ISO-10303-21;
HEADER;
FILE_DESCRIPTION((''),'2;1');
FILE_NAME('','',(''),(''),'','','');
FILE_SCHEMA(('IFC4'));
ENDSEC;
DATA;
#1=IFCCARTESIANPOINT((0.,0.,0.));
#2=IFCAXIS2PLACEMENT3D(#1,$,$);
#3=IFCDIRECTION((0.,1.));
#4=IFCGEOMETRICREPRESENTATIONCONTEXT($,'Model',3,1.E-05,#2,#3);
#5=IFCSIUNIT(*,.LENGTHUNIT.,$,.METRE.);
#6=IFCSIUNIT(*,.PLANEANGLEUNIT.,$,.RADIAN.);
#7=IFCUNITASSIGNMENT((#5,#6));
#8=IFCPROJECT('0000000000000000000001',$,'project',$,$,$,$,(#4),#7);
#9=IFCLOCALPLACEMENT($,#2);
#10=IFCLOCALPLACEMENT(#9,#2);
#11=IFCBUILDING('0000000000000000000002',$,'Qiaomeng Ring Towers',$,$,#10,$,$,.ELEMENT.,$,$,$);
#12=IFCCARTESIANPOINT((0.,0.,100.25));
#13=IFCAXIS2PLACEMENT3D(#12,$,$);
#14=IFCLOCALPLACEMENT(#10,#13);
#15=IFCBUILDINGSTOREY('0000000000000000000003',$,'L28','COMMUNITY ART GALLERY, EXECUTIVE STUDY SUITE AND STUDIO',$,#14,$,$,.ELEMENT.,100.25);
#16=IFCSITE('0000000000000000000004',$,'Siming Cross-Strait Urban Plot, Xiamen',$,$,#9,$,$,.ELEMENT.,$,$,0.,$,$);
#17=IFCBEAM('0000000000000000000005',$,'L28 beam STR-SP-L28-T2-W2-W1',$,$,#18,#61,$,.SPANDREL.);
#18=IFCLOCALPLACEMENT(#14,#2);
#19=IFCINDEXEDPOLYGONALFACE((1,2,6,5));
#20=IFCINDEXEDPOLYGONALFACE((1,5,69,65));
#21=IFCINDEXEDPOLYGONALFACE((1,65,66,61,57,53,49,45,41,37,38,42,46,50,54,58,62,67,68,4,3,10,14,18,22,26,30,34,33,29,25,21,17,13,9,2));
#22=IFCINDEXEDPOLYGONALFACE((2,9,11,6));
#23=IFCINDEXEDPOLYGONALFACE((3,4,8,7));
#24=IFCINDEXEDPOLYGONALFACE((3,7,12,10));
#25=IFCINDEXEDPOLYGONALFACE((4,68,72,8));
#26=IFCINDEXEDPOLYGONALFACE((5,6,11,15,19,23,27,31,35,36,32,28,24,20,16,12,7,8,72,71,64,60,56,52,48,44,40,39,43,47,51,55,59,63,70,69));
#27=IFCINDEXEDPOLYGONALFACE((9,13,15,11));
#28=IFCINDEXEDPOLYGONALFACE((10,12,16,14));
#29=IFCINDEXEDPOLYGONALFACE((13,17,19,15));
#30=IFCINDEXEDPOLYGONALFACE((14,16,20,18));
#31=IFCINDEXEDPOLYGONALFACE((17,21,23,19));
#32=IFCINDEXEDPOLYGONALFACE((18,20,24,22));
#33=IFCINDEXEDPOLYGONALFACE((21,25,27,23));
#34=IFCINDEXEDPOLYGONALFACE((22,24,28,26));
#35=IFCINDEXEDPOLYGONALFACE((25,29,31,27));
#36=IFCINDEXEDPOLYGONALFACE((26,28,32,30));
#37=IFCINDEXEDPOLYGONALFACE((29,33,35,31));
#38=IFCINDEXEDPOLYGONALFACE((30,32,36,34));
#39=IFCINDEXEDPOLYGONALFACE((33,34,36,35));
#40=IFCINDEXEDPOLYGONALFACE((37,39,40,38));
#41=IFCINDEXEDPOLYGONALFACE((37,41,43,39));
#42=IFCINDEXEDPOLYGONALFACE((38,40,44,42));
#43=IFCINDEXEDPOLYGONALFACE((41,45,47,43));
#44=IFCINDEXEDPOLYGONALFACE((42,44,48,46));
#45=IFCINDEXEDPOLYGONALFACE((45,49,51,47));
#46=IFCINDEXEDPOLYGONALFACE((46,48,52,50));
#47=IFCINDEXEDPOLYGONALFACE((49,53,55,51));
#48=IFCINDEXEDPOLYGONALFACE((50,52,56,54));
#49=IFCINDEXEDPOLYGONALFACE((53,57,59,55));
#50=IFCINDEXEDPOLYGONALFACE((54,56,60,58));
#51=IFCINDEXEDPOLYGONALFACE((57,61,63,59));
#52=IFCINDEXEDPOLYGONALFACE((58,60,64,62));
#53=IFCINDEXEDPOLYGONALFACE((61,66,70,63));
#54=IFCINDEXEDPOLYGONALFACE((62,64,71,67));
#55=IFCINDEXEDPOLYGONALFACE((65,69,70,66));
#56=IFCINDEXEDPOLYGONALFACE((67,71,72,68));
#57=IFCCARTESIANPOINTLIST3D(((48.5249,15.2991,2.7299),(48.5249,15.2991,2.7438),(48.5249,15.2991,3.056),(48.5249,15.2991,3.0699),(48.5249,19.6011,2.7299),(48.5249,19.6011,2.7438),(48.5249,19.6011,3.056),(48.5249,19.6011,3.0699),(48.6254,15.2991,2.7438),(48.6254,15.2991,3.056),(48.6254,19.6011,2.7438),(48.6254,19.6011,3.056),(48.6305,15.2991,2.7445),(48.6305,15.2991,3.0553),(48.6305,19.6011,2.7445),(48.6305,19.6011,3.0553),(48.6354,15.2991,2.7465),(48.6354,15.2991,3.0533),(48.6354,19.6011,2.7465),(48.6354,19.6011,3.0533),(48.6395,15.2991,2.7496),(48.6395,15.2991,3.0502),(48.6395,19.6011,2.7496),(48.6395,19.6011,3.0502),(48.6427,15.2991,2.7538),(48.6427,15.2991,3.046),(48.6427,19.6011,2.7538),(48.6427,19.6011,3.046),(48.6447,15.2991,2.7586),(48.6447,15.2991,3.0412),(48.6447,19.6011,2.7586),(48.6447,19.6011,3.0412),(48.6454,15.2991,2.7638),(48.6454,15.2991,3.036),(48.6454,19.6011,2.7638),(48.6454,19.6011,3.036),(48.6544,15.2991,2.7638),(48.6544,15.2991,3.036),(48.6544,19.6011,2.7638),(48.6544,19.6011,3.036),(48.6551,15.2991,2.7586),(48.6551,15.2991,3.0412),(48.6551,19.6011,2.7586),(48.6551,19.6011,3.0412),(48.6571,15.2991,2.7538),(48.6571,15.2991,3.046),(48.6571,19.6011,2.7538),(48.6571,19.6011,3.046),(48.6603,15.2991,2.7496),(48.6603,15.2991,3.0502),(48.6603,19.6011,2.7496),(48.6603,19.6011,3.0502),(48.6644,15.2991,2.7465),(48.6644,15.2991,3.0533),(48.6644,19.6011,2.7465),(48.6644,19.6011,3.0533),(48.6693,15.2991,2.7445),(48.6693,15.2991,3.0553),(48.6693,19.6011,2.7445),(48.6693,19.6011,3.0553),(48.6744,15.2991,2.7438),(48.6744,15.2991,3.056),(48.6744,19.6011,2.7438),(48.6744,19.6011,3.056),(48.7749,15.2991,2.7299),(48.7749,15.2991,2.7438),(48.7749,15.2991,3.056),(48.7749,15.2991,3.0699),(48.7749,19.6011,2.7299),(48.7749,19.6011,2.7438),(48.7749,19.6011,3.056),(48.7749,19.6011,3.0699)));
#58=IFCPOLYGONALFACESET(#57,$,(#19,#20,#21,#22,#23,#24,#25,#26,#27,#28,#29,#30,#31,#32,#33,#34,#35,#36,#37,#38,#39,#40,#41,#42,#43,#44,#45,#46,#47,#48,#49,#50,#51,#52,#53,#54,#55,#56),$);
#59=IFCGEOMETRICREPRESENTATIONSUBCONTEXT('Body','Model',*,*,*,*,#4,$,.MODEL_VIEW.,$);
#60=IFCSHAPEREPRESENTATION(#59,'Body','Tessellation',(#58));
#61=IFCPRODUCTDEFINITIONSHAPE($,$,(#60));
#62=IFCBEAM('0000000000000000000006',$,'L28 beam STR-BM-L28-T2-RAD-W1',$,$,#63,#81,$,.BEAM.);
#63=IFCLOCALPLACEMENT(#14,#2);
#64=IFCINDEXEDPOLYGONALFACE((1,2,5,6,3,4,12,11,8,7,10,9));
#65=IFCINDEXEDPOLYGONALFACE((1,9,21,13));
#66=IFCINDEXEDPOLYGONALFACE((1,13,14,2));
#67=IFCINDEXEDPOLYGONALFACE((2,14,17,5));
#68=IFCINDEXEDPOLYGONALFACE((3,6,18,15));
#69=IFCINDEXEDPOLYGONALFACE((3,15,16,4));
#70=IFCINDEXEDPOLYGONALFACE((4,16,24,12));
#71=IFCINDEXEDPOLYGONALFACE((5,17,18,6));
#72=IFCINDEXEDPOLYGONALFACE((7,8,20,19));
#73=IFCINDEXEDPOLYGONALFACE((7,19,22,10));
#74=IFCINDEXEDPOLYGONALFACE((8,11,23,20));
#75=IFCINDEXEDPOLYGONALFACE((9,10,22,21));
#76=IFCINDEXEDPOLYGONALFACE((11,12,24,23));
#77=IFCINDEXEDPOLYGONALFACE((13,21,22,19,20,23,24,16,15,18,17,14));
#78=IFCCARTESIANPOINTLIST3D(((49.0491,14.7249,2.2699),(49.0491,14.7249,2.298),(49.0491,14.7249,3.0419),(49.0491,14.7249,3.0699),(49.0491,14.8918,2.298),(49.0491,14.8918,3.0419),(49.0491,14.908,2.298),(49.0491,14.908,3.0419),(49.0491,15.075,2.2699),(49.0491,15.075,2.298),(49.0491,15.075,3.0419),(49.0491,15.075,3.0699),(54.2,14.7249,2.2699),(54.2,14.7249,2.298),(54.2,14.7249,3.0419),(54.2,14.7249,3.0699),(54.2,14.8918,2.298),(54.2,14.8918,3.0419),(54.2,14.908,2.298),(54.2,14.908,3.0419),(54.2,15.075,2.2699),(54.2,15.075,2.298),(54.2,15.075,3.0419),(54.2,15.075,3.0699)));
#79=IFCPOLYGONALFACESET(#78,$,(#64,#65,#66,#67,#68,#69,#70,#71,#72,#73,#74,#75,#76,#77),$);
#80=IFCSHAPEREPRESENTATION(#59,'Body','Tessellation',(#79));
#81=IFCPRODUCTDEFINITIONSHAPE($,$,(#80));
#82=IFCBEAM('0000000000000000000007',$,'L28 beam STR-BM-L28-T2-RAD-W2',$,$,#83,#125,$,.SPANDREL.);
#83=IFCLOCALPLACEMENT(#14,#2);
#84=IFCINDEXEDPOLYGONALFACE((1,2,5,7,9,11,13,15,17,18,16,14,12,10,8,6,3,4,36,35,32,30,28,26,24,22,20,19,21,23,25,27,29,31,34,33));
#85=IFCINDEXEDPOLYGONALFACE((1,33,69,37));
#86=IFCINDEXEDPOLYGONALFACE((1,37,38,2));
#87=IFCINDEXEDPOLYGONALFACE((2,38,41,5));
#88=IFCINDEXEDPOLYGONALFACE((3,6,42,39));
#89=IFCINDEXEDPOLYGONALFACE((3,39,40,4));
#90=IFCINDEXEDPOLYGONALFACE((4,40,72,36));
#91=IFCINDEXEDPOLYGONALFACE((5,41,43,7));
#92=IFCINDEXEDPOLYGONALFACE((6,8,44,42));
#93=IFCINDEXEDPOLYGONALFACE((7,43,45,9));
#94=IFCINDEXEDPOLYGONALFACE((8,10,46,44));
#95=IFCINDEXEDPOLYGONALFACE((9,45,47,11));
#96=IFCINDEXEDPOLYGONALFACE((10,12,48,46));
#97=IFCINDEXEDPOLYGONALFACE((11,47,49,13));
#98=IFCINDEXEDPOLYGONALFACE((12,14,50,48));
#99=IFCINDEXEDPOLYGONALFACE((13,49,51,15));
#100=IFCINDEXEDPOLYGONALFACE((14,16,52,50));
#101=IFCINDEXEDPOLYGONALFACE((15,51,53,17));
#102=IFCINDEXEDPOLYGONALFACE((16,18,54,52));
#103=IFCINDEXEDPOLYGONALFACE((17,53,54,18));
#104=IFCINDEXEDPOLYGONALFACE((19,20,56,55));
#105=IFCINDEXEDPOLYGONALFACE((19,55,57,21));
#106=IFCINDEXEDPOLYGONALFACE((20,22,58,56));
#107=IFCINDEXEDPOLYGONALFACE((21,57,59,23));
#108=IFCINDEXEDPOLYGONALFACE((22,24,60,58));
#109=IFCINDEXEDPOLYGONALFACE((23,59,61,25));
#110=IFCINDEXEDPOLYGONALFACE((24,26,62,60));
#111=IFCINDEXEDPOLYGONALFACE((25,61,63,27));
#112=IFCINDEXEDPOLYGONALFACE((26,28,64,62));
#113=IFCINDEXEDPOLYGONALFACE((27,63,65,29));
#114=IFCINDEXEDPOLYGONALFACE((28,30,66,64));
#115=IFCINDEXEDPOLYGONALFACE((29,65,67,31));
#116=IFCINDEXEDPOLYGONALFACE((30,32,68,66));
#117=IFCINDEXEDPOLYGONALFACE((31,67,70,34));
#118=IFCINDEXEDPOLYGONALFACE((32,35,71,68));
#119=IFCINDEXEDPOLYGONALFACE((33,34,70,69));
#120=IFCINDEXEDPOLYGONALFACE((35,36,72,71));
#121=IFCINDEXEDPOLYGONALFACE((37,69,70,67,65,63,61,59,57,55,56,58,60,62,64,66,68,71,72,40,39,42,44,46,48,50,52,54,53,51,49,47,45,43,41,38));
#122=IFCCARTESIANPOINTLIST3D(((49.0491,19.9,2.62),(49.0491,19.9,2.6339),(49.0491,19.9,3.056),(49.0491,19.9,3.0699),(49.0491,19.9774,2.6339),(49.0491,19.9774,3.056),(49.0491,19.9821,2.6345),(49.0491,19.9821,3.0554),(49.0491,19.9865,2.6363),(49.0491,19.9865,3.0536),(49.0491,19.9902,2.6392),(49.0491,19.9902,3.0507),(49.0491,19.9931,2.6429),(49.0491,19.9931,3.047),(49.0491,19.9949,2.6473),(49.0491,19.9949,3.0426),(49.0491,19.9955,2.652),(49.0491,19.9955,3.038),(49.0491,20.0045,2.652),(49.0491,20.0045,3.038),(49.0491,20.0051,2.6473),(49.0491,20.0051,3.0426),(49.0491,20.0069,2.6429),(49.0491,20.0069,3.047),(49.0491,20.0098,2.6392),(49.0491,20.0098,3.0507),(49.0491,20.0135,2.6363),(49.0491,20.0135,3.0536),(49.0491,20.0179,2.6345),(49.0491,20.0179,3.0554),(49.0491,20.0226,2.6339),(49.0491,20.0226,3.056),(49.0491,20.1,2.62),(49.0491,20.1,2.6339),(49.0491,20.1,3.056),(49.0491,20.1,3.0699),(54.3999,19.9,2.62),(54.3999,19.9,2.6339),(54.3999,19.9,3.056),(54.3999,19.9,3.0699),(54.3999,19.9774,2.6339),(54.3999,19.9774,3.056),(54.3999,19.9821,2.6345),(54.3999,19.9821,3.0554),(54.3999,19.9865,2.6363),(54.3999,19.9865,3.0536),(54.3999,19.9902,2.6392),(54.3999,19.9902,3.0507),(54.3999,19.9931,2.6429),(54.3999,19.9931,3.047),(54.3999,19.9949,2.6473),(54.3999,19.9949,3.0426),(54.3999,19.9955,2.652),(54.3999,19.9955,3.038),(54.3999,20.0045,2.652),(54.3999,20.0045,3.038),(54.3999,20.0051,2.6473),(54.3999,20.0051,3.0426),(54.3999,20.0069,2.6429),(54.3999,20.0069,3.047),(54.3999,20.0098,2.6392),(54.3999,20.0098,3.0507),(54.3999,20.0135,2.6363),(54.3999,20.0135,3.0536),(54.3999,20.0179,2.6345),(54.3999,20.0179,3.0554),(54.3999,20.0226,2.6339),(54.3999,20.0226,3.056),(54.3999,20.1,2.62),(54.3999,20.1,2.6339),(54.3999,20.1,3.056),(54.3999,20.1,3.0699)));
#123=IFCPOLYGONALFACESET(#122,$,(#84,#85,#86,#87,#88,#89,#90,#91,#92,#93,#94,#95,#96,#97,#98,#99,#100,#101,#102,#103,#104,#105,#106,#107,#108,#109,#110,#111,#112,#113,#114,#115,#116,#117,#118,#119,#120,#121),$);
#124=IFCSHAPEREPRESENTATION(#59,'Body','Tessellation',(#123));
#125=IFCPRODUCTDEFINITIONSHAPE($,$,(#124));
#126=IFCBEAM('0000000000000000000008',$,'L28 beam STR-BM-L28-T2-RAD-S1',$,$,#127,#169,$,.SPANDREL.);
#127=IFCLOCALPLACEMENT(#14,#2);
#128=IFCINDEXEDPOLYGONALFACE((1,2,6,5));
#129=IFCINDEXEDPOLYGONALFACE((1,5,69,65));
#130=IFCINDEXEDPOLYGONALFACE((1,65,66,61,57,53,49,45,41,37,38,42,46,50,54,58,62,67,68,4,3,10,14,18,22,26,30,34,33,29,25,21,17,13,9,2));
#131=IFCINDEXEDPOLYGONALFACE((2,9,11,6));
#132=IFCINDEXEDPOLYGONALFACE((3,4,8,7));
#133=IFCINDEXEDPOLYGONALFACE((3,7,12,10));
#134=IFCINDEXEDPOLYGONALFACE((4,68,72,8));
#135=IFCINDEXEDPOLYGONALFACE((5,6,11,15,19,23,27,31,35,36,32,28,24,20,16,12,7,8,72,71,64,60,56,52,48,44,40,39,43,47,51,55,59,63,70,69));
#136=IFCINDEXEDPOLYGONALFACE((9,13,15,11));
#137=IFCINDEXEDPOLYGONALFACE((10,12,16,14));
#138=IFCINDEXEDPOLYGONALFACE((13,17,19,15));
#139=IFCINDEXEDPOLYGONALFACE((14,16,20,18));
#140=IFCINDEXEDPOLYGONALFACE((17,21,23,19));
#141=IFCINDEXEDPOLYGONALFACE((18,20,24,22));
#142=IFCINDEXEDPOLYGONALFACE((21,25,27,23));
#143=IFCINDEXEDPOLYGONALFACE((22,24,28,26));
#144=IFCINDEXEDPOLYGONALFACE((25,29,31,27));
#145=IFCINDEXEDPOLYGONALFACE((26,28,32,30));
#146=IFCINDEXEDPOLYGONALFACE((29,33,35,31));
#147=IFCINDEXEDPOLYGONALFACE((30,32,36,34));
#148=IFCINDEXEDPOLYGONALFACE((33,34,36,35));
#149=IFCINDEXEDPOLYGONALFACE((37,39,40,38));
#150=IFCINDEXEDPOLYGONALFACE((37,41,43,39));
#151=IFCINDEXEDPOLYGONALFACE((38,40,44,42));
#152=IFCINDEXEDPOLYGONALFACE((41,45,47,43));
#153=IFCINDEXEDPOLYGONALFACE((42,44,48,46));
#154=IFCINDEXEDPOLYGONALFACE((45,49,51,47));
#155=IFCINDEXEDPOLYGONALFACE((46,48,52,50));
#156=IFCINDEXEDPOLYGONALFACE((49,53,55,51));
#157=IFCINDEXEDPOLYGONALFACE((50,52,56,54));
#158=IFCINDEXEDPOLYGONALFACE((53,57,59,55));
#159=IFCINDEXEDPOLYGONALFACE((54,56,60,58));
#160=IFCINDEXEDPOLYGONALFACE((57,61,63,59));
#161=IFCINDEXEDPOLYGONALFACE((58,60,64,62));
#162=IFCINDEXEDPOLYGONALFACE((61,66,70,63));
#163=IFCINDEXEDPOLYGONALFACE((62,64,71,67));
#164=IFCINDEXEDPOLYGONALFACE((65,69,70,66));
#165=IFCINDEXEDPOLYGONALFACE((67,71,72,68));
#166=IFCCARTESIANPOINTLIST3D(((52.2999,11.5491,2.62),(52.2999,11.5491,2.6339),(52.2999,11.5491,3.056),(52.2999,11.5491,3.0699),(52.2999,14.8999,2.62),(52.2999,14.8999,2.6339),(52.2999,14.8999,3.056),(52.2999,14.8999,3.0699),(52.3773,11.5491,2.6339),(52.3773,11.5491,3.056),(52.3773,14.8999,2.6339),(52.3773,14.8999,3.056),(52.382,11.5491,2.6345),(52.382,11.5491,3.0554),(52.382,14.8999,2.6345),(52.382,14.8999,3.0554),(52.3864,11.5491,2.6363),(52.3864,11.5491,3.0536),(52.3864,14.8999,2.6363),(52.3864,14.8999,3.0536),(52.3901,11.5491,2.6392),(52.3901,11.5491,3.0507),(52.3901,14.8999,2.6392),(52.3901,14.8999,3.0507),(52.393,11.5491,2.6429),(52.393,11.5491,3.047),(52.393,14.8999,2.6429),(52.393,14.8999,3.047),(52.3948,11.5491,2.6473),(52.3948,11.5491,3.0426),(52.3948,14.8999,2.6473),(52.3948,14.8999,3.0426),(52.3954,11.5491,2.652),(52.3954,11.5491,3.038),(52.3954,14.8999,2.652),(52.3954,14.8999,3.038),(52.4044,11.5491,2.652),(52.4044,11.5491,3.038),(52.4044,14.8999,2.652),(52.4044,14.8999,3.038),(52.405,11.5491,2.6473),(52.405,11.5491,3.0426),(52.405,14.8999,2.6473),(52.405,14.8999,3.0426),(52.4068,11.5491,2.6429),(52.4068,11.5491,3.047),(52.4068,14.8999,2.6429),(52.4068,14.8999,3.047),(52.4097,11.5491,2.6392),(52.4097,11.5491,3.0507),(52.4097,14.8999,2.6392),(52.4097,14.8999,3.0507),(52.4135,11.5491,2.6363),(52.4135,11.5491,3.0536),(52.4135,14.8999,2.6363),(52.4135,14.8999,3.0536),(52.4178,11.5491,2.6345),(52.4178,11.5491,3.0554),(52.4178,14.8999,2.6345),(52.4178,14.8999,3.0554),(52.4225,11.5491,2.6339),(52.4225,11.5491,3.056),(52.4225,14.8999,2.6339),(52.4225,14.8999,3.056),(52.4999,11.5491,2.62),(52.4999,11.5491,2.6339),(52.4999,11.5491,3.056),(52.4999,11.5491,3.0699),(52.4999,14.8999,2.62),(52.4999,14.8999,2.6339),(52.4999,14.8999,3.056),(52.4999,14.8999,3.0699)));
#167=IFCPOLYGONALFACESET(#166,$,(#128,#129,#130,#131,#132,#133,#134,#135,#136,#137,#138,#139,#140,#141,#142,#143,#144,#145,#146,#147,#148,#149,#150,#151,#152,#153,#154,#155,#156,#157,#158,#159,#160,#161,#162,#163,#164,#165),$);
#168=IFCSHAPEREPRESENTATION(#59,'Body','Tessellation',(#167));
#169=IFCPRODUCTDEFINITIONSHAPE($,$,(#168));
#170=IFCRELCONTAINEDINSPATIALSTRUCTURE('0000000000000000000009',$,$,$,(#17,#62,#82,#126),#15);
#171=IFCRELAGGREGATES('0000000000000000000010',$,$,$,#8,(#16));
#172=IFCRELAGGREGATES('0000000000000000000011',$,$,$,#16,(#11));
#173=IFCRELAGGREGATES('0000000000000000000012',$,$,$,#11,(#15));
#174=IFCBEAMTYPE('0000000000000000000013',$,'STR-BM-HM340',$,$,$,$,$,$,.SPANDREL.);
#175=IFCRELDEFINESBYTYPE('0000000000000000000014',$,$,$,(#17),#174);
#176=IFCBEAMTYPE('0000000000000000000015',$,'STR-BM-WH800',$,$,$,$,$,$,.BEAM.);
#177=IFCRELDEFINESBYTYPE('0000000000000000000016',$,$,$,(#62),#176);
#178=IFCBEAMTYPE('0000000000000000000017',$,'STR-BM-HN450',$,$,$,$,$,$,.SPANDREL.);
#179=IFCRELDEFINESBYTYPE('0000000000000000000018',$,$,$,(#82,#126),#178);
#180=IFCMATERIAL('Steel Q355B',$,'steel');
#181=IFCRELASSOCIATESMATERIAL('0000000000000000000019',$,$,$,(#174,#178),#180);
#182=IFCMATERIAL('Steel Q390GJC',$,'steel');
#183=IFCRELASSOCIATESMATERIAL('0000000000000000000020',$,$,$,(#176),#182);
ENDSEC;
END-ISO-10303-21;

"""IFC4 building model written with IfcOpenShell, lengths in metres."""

from ifc_helpers import new_model, si_unit, direction, frame, origin, origin_2d, place, context, subcontext, project, spatial, i_section, extrude, source, transform, mapped, material, material_profile, profile_set, type_object, element, save


model = new_model("IFC4")

# Units and contexts
model_context = context("Model", 3, precision=1e-05, world=origin(), true_north=direction((0.0, 1.0)))
body_context = subcontext(model_context, "Body", "Model", "MODEL_VIEW")
ifc_project = project(units=[si_unit("LENGTHUNIT", "METRE"), si_unit("PLANEANGLEUNIT", "RADIAN")], contexts=[model_context])

# Site, building, storey
site_placement = place(None, origin())
site = spatial("IfcSite", under=ifc_project, at=site_placement, Name="Siming Cross-Strait Urban Plot, Xiamen", CompositionType="ELEMENT", RefElevation=0.0)
building_placement = place(site_placement, origin())
building = spatial("IfcBuilding", under=site, at=building_placement, Name="Qiaomeng Ring Towers", CompositionType="ELEMENT")
storey_placement = place(building_placement, frame((0.0, 0.0, 100.25)))
storey = spatial("IfcBuildingStorey", under=building, at=storey_placement, Name="L28", Description="COMMUNITY ART GALLERY, EXECUTIVE STUDY SUITE AND STUDIO", CompositionType="ELEMENT", Elevation=100.25)

# Beams
ifc_material_1 = material(Name="Steel Q355B", Category="steel")
ifc_material_profile_1 = material_profile(ifc_material_1, i_section(OverallWidth=0.25, OverallDepth=0.3401, WebThickness=0.009, FlangeThickness=0.0139, FilletRadius=0.02, at=origin_2d()), Name="HM 340x250x9x14")
ifc_profile_set_1 = profile_set([ifc_material_profile_1], Name="Steel Q355B")
beam_type_1 = type_object("IfcBeamType", Name="STR-BM-HM340", PredefinedType="SPANDREL", material=ifc_profile_set_1)
shared_shape_1 = source(origin(), body_context, "Body", "SweptSolid", [
    extrude(i_section(OverallWidth=0.25, OverallDepth=0.3401, WebThickness=0.009, FlangeThickness=0.0139, FilletRadius=0.02, at=origin_2d()), origin(), (0.0, 0.0, 1.0), 4.302),
])
beam_1_placement = place(storey_placement, frame((48.6499, 19.6011, 2.8999), z_axis=(0.0, -1.0, 0.0), x_axis=(1.0, 0.0, 0.0)))
element("IfcBeam", 1, at=beam_1_placement, inside=storey, type_object=beam_type_1, Name="L28 beam STR-SP-L28-T2-W2-W1", PredefinedType="SPANDREL", context=body_context, shape_type="MappedRepresentation", body=[
    mapped(shared_shape_1, transform((0.0, 0.0, 0.0), x_axis=(1.0, 0.0, 0.0), y_axis=(0.0, 1.0, 0.0), z_axis=(0.0, 0.0, 1.0), scale=1.0)),
])
ifc_material_2 = material(Name="Steel Q390GJC", Category="steel")
ifc_material_profile_2 = material_profile(ifc_material_2, i_section(OverallWidth=0.3501, OverallDepth=0.8, WebThickness=0.0161, FlangeThickness=0.0281, at=origin_2d()), Name="WH 800x350x16x28")
ifc_profile_set_2 = profile_set([ifc_material_profile_2], Name="Steel Q390GJC")
beam_type_2 = type_object("IfcBeamType", Name="STR-BM-WH800", PredefinedType="BEAM", material=ifc_profile_set_2)
shared_shape_2 = source(origin(), body_context, "Body", "SweptSolid", [
    extrude(i_section(OverallWidth=0.3501, OverallDepth=0.8, WebThickness=0.0161, FlangeThickness=0.0281, at=origin_2d()), origin(), (0.0, 0.0, 1.0), 5.1509),
])
beam_2_placement = place(storey_placement, frame((49.0491, 14.8999, 2.6699), z_axis=(1.0, 0.0, 0.0), x_axis=(0.0, 1.0, 0.0)))
element("IfcBeam", 2, at=beam_2_placement, inside=storey, type_object=beam_type_2, Name="L28 beam STR-BM-L28-T2-RAD-W1", PredefinedType="BEAM", context=body_context, shape_type="MappedRepresentation", body=[
    mapped(shared_shape_2, transform((0.0, 0.0, 0.0), x_axis=(1.0, 0.0, 0.0), y_axis=(0.0, 1.0, 0.0), z_axis=(0.0, 0.0, 1.0), scale=1.0)),
])
ifc_material_profile_3 = material_profile(ifc_material_1, i_section(OverallWidth=0.2, OverallDepth=0.45, WebThickness=0.009, FlangeThickness=0.0139, FilletRadius=0.0181, at=origin_2d()), Name="HN 450x200x9x14")
ifc_profile_set_3 = profile_set([ifc_material_profile_3], Name="Steel Q355B")
beam_type_3 = type_object("IfcBeamType", Name="STR-BM-HN450", PredefinedType="SPANDREL", material=ifc_profile_set_3)
shared_shape_3 = source(origin(), body_context, "Body", "SweptSolid", [
    extrude(i_section(OverallWidth=0.2, OverallDepth=0.45, WebThickness=0.009, FlangeThickness=0.0139, FilletRadius=0.0181, at=origin_2d()), origin(), (0.0, 0.0, 1.0), 5.3508),
])
beam_3_placement = place(storey_placement, frame((49.0491, 20.0, 2.845), z_axis=(1.0, 0.0, 0.0), x_axis=(0.0, 1.0, 0.0)))
element("IfcBeam", 3, at=beam_3_placement, inside=storey, type_object=beam_type_3, Name="L28 beam STR-BM-L28-T2-RAD-W2", PredefinedType="SPANDREL", context=body_context, shape_type="MappedRepresentation", body=[
    mapped(shared_shape_3, transform((0.0, 0.0, 0.0), x_axis=(1.0, 0.0, 0.0), y_axis=(0.0, 1.0, 0.0), z_axis=(0.0, 0.0, 1.0), scale=1.0)),
])
shared_shape_4 = source(origin(), body_context, "Body", "SweptSolid", [
    extrude(i_section(OverallWidth=0.2, OverallDepth=0.45, WebThickness=0.009, FlangeThickness=0.0139, FilletRadius=0.0181, at=origin_2d()), origin(), (0.0, 0.0, 1.0), 3.3508),
])
beam_4_placement = place(storey_placement, frame((52.3999, 11.5491, 2.845), z_axis=(0.0, 1.0, 0.0), x_axis=(-1.0, 0.0, 0.0)))
element("IfcBeam", 4, at=beam_4_placement, inside=storey, type_object=beam_type_3, Name="L28 beam STR-BM-L28-T2-RAD-S1", PredefinedType="SPANDREL", context=body_context, shape_type="MappedRepresentation", body=[
    mapped(shared_shape_4, transform((0.0, 0.0, 0.0), x_axis=(1.0, 0.0, 0.0), y_axis=(0.0, 1.0, 0.0), z_axis=(0.0, 0.0, 1.0), scale=1.0)),
])

save(model, "model.ifc")
